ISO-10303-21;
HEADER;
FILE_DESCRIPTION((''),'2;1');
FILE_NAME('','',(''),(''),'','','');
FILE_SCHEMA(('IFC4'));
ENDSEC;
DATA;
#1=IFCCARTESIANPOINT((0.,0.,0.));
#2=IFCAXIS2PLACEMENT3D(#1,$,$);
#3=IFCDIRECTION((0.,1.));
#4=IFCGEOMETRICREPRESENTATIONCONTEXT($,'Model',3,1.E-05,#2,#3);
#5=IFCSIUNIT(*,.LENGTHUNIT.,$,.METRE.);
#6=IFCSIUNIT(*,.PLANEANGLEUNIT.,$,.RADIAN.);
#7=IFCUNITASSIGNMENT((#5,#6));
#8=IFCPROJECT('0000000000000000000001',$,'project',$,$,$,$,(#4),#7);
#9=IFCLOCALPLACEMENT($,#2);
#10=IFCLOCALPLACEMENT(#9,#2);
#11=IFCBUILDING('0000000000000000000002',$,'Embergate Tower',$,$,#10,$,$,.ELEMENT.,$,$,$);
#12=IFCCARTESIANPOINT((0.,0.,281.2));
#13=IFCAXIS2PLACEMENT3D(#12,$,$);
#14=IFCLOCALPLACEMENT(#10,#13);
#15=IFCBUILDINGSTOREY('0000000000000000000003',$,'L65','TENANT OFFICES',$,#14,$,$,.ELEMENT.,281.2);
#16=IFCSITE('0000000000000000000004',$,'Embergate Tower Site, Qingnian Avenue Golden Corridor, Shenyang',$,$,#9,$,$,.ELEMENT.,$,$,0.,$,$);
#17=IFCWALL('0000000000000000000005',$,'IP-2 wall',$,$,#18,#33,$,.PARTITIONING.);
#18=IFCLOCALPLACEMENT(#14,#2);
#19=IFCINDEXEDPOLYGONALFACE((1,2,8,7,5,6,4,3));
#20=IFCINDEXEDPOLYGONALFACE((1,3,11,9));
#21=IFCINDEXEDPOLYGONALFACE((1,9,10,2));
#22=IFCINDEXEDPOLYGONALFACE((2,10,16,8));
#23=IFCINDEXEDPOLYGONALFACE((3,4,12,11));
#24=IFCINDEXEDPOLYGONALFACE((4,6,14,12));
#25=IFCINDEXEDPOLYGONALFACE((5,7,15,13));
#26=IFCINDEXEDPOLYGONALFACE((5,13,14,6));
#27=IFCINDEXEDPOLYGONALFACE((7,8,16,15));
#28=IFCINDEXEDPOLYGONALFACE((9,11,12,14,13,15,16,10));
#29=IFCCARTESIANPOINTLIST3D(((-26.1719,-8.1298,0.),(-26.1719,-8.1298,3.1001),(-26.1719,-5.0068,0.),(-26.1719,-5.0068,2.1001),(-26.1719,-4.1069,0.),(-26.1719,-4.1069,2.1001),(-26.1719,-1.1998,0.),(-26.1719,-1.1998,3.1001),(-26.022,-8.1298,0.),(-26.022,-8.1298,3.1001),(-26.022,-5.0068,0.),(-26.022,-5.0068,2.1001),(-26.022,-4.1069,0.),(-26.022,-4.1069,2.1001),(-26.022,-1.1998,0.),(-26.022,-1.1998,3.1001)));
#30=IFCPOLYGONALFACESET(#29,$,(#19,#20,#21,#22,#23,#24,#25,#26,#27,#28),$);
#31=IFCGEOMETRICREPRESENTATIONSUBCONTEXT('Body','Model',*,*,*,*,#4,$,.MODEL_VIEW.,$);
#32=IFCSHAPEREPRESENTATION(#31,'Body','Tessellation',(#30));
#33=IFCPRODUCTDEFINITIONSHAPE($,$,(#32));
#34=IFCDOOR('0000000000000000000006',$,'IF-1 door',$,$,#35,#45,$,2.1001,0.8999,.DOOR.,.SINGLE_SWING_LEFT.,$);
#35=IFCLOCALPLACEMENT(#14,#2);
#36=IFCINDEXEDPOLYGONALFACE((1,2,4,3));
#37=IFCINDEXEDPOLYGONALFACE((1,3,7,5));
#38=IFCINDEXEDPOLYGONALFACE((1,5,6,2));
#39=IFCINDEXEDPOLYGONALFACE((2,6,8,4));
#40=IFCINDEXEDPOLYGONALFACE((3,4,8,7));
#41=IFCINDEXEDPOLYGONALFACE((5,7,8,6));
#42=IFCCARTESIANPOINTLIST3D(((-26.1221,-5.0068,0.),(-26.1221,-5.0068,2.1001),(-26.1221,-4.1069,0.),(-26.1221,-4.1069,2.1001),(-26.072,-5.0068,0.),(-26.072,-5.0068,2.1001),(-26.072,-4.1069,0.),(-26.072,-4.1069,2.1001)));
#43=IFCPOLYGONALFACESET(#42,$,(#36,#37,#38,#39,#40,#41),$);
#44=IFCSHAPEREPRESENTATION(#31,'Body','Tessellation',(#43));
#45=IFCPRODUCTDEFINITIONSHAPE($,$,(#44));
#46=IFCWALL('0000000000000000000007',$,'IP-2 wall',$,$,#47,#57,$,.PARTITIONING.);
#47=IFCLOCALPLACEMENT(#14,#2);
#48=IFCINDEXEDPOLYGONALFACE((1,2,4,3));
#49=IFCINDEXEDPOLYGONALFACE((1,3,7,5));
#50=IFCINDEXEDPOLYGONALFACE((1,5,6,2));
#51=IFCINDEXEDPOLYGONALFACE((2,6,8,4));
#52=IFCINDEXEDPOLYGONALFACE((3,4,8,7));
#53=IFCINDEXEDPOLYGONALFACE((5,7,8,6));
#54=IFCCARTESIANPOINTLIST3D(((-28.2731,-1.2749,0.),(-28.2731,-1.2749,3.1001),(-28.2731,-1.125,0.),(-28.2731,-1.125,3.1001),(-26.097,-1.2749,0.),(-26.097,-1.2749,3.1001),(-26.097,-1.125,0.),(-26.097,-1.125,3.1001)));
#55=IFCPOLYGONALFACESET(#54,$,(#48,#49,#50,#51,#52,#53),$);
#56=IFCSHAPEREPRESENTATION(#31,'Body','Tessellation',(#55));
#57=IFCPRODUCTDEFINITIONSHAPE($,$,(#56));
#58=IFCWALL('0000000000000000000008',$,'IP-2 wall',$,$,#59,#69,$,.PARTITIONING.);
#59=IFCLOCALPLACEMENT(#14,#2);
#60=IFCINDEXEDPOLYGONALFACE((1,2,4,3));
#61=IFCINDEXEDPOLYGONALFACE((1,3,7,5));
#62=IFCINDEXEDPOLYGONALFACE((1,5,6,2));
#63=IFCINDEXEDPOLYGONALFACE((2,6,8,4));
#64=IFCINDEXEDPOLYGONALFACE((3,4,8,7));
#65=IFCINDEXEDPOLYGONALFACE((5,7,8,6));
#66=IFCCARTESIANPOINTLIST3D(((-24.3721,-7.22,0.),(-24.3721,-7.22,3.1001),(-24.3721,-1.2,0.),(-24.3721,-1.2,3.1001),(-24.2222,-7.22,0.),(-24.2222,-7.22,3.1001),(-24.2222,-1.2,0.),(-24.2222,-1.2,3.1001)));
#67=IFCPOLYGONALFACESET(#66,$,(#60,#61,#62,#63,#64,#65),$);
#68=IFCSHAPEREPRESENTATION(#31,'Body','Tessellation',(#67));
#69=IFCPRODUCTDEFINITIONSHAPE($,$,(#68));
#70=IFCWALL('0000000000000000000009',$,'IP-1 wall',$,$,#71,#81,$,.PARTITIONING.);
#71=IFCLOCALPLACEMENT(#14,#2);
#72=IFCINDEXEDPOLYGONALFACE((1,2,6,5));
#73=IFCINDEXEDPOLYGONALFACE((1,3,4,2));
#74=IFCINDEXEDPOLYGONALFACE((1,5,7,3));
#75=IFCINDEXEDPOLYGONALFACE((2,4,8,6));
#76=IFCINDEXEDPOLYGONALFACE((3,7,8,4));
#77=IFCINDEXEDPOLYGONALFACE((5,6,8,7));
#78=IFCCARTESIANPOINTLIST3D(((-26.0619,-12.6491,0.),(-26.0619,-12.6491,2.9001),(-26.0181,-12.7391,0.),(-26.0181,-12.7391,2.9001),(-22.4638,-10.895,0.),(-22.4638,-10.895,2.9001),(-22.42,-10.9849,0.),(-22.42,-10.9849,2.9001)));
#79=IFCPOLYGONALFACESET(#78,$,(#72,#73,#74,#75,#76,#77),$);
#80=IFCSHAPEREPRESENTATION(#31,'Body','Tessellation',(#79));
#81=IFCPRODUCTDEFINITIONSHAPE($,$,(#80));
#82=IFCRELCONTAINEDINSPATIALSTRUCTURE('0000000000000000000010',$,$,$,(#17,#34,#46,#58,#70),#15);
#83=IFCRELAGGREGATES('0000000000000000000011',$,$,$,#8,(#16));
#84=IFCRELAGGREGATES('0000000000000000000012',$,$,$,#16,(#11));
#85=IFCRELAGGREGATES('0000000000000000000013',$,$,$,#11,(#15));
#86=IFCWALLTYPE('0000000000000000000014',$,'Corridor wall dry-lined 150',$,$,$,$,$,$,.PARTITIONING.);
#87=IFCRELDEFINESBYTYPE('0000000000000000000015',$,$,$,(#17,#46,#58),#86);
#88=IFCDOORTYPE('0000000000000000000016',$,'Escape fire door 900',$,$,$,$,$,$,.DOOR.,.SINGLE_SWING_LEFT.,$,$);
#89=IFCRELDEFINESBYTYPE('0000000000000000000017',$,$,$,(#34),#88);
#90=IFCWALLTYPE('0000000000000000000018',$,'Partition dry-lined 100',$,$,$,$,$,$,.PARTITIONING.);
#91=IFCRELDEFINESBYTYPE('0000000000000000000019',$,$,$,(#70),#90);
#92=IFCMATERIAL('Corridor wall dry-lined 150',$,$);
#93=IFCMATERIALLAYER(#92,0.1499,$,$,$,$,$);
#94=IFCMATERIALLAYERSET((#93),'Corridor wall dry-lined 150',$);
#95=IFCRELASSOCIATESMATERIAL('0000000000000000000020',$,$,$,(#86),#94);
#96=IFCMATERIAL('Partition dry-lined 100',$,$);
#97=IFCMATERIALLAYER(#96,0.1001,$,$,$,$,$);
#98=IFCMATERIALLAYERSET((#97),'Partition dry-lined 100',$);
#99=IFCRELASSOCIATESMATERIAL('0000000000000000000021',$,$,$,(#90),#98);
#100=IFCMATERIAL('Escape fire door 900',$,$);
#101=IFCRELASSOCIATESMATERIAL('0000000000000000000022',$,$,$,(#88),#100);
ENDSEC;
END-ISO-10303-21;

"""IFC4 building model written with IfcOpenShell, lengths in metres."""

from ifc_helpers import new_model, si_unit, direction, frame, frame_2d, origin, place, context, subcontext, project, spatial, rectangle, extrude, source, transform, mapped, material, layer, layer_set, type_object, element, fill, save


model = new_model("IFC4")

# Units and contexts
model_context = context("Model", 3, precision=1e-05, world=origin(), true_north=direction((0.0, 1.0)))
body_context = subcontext(model_context, "Body", "Model", "MODEL_VIEW")
ifc_project = project(units=[si_unit("LENGTHUNIT", "METRE"), si_unit("PLANEANGLEUNIT", "RADIAN")], contexts=[model_context])

# Site, building, storey
site_placement = place(None, origin())
site = spatial("IfcSite", under=ifc_project, at=site_placement, Name="Embergate Tower Site, Qingnian Avenue Golden Corridor, Shenyang", CompositionType="ELEMENT", RefElevation=0.0)
building_placement = place(site_placement, origin())
building = spatial("IfcBuilding", under=site, at=building_placement, Name="Embergate Tower", CompositionType="ELEMENT")
storey_placement = place(building_placement, frame((0.0, 0.0, 281.2)))
storey = spatial("IfcBuildingStorey", under=building, at=storey_placement, Name="L65", Description="TENANT OFFICES", CompositionType="ELEMENT", Elevation=281.2)

# Shared definitions
ifc_material_1 = material(Name="Corridor wall dry-lined 150")
ifc_layer_1 = layer(ifc_material_1, 0.1499)
ifc_layer_set_1 = layer_set([ifc_layer_1], Name="Corridor wall dry-lined 150")
wall_type_1 = type_object("IfcWallType", Name="Corridor wall dry-lined 150", PredefinedType="PARTITIONING", material=ifc_layer_set_1)
ifc_material_2 = material(Name="Partition dry-lined 100")
ifc_layer_2 = layer(ifc_material_2, 0.1001)
ifc_layer_set_2 = layer_set([ifc_layer_2], Name="Partition dry-lined 100")
wall_type_2 = type_object("IfcWallType", Name="Partition dry-lined 100", PredefinedType="PARTITIONING", material=ifc_layer_set_2)

# Shared definitions
shared_shape_1 = source(origin(), body_context, "Body", "SweptSolid", [
    extrude(rectangle(XDim=0.8999, YDim=2.1001, at=frame_2d((0.45, 1.05))), frame((0.0, 0.085, 0.0), z_axis=(0.0, -1.0, 0.0), x_axis=(1.0, 0.0, 0.0)), (0.0, 0.0, 1.0), 0.1699),
])
ifc_material_3 = material(Name="Escape fire door 900")
door_type_1 = type_object("IfcDoorType", Name="Escape fire door 900", OperationType="SINGLE_SWING_LEFT", PredefinedType="DOOR", material=ifc_material_3)
shared_shape_2 = source(origin(), body_context, "Body", "SweptSolid", [
    extrude(rectangle(XDim=0.8999, YDim=2.1001, at=frame_2d((0.45, 1.05))), frame((0.0, 0.0249, 0.0), z_axis=(0.0, -1.0, 0.0), x_axis=(1.0, 0.0, 0.0)), (0.0, 0.0, 1.0), 0.05),
])

# Wall, opening, door
shared_shape_3 = source(origin(), body_context, "Body", "SweptSolid", [
    extrude(rectangle(XDim=6.9299, YDim=0.1499, at=frame_2d((3.4648, 0.0))), origin(), (0.0, 0.0, 1.0), 3.1001),
])
wall_1_placement = place(storey_placement, frame((-26.0969, -1.2, 0.0), z_axis=(0.0, 0.0, 1.0), x_axis=(0.0, -1.0, 0.0)))
wall_1 = element("IfcWall", 1, at=wall_1_placement, inside=storey, type_object=wall_type_1, Name="IP-2 wall", PredefinedType="PARTITIONING", context=body_context, shape_type="MappedRepresentation", body=[
    mapped(shared_shape_3, transform((0.0, 0.0, 0.0))),
])
opening_1_placement = place(wall_1_placement, frame((2.907, 0.0, 0.0)))
opening_1 = element("IfcOpeningElement", 2, at=opening_1_placement, cuts=wall_1, PredefinedType="OPENING", context=body_context, shape_type="MappedRepresentation", body=[
    mapped(shared_shape_1, transform((0.0, 0.0, 0.0))),
])
door_1_placement = place(opening_1_placement, origin())
door_1 = element("IfcDoor", 3, at=door_1_placement, inside=storey, type_object=door_type_1, Name="IF-1 door", OperationType="SINGLE_SWING_LEFT", OverallHeight=2.1001, OverallWidth=0.8999, PredefinedType="DOOR", context=body_context, shape_type="MappedRepresentation", body=[
    mapped(shared_shape_2, transform((0.0, 0.0, 0.0))),
])
fill(opening_1, door_1)

# Walls
shared_shape_4 = source(origin(), body_context, "Body", "SweptSolid", [
    extrude(rectangle(XDim=2.176, YDim=0.1499, at=frame_2d((1.0879, 0.0))), origin(), (0.0, 0.0, 1.0), 3.1001),
])
wall_2_placement = place(storey_placement, frame((-28.2729, -1.2, 0.0), z_axis=(0.0, 0.0, 1.0), x_axis=(1.0, 0.0, 0.0)))
element("IfcWall", 4, at=wall_2_placement, inside=storey, type_object=wall_type_1, Name="IP-2 wall", PredefinedType="PARTITIONING", context=body_context, shape_type="MappedRepresentation", body=[
    mapped(shared_shape_4, transform((0.0, 0.0, 0.0))),
])
shared_shape_5 = source(origin(), body_context, "Body", "SweptSolid", [
    extrude(rectangle(XDim=6.02, YDim=0.1499, at=frame_2d((3.01, 0.0))), origin(), (0.0, 0.0, 1.0), 3.1001),
])
wall_3_placement = place(storey_placement, frame((-24.2971, -1.2, 0.0), z_axis=(0.0, 0.0, 1.0), x_axis=(0.0, -1.0, 0.0)))
element("IfcWall", 5, at=wall_3_placement, inside=storey, type_object=wall_type_1, Name="IP-2 wall", PredefinedType="PARTITIONING", context=body_context, shape_type="MappedRepresentation", body=[
    mapped(shared_shape_5, transform((0.0, 0.0, 0.0))),
])
shared_shape_6 = source(origin(), body_context, "Body", "SweptSolid", [
    extrude(rectangle(XDim=4.0029, YDim=0.1001, at=frame_2d((2.0015, 0.0))), origin(), (0.0, 0.0, 1.0), 2.9001),
])
wall_4_placement = place(storey_placement, frame((-22.4419, -10.9399, 0.0), z_axis=(0.0, 0.0, 1.0), x_axis=(-0.898871, -0.438213, 0.0)))
element("IfcWall", 6, at=wall_4_placement, inside=storey, type_object=wall_type_2, Name="IP-1 wall", PredefinedType="PARTITIONING", context=body_context, shape_type="MappedRepresentation", body=[
    mapped(shared_shape_6, transform((0.0, 0.0, 0.0))),
])

save(model, "model.ifc")
